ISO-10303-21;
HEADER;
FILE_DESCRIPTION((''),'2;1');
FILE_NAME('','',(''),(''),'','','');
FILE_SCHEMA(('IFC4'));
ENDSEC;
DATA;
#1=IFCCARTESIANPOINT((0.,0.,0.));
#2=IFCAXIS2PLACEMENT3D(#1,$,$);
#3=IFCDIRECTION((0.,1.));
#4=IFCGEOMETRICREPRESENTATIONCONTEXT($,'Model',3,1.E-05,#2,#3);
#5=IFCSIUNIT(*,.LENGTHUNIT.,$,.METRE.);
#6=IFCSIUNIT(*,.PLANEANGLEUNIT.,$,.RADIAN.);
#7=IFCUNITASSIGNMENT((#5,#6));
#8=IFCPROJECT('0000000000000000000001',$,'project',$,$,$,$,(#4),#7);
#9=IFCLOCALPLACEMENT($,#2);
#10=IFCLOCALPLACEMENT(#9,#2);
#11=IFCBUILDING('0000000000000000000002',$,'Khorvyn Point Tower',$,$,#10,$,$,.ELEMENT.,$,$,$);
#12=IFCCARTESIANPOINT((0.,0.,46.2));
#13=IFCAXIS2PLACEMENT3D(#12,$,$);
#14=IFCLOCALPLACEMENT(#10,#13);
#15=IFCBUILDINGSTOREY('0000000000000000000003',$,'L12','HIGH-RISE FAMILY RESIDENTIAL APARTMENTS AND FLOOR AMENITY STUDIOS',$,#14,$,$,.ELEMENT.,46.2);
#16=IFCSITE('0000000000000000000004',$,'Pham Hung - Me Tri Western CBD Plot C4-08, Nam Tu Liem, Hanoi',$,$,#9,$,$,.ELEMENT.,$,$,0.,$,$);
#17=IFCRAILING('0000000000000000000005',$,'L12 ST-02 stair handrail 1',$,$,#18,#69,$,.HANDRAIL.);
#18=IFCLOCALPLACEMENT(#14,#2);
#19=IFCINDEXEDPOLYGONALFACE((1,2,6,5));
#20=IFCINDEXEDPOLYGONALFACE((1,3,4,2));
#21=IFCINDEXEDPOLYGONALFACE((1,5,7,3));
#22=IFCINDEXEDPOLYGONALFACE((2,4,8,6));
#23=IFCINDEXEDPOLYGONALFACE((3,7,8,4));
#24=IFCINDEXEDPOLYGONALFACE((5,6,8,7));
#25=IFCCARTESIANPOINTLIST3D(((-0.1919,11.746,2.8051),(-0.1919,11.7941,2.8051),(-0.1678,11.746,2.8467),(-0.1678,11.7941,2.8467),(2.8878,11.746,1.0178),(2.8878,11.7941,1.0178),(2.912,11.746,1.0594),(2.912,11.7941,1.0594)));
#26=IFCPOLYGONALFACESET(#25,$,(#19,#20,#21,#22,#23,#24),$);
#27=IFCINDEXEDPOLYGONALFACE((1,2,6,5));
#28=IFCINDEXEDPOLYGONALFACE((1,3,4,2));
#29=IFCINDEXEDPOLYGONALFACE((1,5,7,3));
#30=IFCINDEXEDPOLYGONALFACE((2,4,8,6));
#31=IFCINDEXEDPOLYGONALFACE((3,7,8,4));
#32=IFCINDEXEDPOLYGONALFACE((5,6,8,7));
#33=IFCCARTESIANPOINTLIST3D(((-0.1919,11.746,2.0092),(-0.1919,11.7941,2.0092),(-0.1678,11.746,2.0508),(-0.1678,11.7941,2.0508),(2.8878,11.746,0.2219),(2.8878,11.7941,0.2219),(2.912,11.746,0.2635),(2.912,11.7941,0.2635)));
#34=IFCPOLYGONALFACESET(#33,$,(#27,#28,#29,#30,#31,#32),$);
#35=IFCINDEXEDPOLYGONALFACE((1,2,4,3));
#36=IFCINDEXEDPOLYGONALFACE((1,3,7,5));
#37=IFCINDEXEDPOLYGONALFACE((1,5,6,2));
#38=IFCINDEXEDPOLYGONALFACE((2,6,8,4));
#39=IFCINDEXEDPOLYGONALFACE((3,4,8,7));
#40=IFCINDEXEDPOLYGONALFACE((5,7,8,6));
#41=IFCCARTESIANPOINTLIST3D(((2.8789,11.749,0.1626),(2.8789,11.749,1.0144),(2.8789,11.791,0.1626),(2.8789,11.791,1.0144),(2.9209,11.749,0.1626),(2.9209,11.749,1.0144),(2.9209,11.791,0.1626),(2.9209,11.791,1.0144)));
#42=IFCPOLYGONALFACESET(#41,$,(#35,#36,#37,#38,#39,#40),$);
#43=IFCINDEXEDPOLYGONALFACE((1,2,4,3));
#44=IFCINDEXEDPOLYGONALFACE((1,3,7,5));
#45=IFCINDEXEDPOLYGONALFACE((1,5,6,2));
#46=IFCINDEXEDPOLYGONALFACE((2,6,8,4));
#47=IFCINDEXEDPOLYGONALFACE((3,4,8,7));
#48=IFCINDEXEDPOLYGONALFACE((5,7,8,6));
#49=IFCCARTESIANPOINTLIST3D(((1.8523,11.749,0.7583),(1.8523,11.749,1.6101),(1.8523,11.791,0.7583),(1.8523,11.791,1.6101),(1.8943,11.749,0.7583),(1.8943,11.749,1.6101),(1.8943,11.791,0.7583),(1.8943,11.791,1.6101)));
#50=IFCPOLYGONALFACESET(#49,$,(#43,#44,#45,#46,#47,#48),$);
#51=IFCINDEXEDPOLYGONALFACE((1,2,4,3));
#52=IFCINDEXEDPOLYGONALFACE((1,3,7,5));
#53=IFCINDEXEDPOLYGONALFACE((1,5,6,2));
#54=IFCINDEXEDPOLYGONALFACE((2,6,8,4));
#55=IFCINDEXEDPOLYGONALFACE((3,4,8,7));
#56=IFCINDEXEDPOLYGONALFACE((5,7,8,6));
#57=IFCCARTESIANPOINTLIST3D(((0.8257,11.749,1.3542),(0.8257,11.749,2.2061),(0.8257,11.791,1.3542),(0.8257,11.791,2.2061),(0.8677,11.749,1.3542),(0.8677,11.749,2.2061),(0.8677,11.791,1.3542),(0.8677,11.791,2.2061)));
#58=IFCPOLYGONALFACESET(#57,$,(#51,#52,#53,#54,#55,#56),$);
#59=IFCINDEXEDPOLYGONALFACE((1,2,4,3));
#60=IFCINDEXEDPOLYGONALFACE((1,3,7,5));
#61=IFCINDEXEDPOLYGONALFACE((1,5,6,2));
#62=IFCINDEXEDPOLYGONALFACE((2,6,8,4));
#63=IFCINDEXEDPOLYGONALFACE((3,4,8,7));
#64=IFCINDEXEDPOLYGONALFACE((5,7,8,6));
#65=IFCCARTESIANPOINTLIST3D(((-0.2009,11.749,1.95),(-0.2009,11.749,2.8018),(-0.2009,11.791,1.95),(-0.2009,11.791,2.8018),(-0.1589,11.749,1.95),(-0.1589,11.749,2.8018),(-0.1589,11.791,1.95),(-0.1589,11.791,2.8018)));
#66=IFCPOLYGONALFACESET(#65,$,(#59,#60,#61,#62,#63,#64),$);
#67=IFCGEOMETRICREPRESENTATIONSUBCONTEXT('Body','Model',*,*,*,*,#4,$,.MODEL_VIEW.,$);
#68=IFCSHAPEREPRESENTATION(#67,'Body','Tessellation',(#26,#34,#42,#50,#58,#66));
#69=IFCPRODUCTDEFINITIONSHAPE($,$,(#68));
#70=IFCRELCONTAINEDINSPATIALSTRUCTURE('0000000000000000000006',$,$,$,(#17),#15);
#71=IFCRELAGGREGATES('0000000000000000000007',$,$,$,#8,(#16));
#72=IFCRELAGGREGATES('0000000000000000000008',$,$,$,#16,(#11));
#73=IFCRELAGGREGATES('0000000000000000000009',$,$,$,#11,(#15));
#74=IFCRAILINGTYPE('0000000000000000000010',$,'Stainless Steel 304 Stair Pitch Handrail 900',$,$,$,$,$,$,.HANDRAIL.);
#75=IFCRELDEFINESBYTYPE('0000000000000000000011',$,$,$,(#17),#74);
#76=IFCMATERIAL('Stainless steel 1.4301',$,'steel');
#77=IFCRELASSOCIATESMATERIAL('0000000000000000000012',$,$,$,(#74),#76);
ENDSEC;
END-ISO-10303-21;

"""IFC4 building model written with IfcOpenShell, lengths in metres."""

from ifc_helpers import new_model, si_unit, direction, frame, origin, origin_2d, place, context, subcontext, project, spatial, rectangle, extrude, material, type_object, element, save


model = new_model("IFC4")

# Units and contexts
model_context = context("Model", 3, precision=1e-05, world=origin(), true_north=direction((0.0, 1.0)))
body_context = subcontext(model_context, "Body", "Model", "MODEL_VIEW")
ifc_project = project(units=[si_unit("LENGTHUNIT", "METRE"), si_unit("PLANEANGLEUNIT", "RADIAN")], contexts=[model_context])

# Site, building, storey
site_placement = place(None, origin())
site = spatial("IfcSite", under=ifc_project, at=site_placement, Name="Pham Hung - Me Tri Western CBD Plot C4-08, Nam Tu Liem, Hanoi", CompositionType="ELEMENT", RefElevation=0.0)
building_placement = place(site_placement, origin())
building = spatial("IfcBuilding", under=site, at=building_placement, Name="Khorvyn Point Tower", CompositionType="ELEMENT")
storey_placement = place(building_placement, frame((0.0, 0.0, 46.2)))
storey = spatial("IfcBuildingStorey", under=building, at=storey_placement, Name="L12", Description="HIGH-RISE FAMILY RESIDENTIAL APARTMENTS AND FLOOR AMENITY STUDIOS", CompositionType="ELEMENT", Elevation=46.2)

# Railing
ifc_material_1 = material(Name="Stainless steel 1.4301", Category="steel")
railing_type = type_object("IfcRailingType", Name="Stainless Steel 304 Stair Pitch Handrail 900", PredefinedType="HANDRAIL", material=ifc_material_1)
railing_placement = place(storey_placement, frame((2.8999, 11.77, 0.1626)))
element("IfcRailing", 1, at=railing_placement, inside=storey, type_object=railing_type, Name="L12 ST-02 stair handrail 1", PredefinedType="HANDRAIL", context=body_context, shape_type="SweptSolid", body=[
    extrude(rectangle(XDim=0.0481, YDim=0.0481, at=origin_2d()), frame((0.0, 0.0, 0.876), z_axis=(-0.864903, 0.0, 0.501939), x_axis=(0.0, -1.0, 0.0)), (0.0, 0.0, 1.0), 3.5608),
    extrude(rectangle(XDim=0.0481, YDim=0.0481, at=origin_2d()), frame((0.0, 0.0, 0.0801), z_axis=(-0.864903, 0.0, 0.501939), x_axis=(0.0, -1.0, 0.0)), (0.0, 0.0, 1.0), 3.5608),
    extrude(rectangle(XDim=0.042, YDim=0.042, at=origin_2d()), origin(), (0.0, 0.0, 1.0), 0.8518),
    extrude(rectangle(XDim=0.042, YDim=0.042, at=origin_2d()), frame((-1.0266, 0.0, 0.5957)), (0.0, 0.0, 1.0), 0.8518),
    extrude(rectangle(XDim=0.042, YDim=0.042, at=origin_2d()), frame((-2.0532, 0.0, 1.1917)), (0.0, 0.0, 1.0), 0.8518),
    extrude(rectangle(XDim=0.042, YDim=0.042, at=origin_2d()), frame((-3.0798, 0.0, 1.7874)), (0.0, 0.0, 1.0), 0.8518),
])

save(model, "model.ifc")
